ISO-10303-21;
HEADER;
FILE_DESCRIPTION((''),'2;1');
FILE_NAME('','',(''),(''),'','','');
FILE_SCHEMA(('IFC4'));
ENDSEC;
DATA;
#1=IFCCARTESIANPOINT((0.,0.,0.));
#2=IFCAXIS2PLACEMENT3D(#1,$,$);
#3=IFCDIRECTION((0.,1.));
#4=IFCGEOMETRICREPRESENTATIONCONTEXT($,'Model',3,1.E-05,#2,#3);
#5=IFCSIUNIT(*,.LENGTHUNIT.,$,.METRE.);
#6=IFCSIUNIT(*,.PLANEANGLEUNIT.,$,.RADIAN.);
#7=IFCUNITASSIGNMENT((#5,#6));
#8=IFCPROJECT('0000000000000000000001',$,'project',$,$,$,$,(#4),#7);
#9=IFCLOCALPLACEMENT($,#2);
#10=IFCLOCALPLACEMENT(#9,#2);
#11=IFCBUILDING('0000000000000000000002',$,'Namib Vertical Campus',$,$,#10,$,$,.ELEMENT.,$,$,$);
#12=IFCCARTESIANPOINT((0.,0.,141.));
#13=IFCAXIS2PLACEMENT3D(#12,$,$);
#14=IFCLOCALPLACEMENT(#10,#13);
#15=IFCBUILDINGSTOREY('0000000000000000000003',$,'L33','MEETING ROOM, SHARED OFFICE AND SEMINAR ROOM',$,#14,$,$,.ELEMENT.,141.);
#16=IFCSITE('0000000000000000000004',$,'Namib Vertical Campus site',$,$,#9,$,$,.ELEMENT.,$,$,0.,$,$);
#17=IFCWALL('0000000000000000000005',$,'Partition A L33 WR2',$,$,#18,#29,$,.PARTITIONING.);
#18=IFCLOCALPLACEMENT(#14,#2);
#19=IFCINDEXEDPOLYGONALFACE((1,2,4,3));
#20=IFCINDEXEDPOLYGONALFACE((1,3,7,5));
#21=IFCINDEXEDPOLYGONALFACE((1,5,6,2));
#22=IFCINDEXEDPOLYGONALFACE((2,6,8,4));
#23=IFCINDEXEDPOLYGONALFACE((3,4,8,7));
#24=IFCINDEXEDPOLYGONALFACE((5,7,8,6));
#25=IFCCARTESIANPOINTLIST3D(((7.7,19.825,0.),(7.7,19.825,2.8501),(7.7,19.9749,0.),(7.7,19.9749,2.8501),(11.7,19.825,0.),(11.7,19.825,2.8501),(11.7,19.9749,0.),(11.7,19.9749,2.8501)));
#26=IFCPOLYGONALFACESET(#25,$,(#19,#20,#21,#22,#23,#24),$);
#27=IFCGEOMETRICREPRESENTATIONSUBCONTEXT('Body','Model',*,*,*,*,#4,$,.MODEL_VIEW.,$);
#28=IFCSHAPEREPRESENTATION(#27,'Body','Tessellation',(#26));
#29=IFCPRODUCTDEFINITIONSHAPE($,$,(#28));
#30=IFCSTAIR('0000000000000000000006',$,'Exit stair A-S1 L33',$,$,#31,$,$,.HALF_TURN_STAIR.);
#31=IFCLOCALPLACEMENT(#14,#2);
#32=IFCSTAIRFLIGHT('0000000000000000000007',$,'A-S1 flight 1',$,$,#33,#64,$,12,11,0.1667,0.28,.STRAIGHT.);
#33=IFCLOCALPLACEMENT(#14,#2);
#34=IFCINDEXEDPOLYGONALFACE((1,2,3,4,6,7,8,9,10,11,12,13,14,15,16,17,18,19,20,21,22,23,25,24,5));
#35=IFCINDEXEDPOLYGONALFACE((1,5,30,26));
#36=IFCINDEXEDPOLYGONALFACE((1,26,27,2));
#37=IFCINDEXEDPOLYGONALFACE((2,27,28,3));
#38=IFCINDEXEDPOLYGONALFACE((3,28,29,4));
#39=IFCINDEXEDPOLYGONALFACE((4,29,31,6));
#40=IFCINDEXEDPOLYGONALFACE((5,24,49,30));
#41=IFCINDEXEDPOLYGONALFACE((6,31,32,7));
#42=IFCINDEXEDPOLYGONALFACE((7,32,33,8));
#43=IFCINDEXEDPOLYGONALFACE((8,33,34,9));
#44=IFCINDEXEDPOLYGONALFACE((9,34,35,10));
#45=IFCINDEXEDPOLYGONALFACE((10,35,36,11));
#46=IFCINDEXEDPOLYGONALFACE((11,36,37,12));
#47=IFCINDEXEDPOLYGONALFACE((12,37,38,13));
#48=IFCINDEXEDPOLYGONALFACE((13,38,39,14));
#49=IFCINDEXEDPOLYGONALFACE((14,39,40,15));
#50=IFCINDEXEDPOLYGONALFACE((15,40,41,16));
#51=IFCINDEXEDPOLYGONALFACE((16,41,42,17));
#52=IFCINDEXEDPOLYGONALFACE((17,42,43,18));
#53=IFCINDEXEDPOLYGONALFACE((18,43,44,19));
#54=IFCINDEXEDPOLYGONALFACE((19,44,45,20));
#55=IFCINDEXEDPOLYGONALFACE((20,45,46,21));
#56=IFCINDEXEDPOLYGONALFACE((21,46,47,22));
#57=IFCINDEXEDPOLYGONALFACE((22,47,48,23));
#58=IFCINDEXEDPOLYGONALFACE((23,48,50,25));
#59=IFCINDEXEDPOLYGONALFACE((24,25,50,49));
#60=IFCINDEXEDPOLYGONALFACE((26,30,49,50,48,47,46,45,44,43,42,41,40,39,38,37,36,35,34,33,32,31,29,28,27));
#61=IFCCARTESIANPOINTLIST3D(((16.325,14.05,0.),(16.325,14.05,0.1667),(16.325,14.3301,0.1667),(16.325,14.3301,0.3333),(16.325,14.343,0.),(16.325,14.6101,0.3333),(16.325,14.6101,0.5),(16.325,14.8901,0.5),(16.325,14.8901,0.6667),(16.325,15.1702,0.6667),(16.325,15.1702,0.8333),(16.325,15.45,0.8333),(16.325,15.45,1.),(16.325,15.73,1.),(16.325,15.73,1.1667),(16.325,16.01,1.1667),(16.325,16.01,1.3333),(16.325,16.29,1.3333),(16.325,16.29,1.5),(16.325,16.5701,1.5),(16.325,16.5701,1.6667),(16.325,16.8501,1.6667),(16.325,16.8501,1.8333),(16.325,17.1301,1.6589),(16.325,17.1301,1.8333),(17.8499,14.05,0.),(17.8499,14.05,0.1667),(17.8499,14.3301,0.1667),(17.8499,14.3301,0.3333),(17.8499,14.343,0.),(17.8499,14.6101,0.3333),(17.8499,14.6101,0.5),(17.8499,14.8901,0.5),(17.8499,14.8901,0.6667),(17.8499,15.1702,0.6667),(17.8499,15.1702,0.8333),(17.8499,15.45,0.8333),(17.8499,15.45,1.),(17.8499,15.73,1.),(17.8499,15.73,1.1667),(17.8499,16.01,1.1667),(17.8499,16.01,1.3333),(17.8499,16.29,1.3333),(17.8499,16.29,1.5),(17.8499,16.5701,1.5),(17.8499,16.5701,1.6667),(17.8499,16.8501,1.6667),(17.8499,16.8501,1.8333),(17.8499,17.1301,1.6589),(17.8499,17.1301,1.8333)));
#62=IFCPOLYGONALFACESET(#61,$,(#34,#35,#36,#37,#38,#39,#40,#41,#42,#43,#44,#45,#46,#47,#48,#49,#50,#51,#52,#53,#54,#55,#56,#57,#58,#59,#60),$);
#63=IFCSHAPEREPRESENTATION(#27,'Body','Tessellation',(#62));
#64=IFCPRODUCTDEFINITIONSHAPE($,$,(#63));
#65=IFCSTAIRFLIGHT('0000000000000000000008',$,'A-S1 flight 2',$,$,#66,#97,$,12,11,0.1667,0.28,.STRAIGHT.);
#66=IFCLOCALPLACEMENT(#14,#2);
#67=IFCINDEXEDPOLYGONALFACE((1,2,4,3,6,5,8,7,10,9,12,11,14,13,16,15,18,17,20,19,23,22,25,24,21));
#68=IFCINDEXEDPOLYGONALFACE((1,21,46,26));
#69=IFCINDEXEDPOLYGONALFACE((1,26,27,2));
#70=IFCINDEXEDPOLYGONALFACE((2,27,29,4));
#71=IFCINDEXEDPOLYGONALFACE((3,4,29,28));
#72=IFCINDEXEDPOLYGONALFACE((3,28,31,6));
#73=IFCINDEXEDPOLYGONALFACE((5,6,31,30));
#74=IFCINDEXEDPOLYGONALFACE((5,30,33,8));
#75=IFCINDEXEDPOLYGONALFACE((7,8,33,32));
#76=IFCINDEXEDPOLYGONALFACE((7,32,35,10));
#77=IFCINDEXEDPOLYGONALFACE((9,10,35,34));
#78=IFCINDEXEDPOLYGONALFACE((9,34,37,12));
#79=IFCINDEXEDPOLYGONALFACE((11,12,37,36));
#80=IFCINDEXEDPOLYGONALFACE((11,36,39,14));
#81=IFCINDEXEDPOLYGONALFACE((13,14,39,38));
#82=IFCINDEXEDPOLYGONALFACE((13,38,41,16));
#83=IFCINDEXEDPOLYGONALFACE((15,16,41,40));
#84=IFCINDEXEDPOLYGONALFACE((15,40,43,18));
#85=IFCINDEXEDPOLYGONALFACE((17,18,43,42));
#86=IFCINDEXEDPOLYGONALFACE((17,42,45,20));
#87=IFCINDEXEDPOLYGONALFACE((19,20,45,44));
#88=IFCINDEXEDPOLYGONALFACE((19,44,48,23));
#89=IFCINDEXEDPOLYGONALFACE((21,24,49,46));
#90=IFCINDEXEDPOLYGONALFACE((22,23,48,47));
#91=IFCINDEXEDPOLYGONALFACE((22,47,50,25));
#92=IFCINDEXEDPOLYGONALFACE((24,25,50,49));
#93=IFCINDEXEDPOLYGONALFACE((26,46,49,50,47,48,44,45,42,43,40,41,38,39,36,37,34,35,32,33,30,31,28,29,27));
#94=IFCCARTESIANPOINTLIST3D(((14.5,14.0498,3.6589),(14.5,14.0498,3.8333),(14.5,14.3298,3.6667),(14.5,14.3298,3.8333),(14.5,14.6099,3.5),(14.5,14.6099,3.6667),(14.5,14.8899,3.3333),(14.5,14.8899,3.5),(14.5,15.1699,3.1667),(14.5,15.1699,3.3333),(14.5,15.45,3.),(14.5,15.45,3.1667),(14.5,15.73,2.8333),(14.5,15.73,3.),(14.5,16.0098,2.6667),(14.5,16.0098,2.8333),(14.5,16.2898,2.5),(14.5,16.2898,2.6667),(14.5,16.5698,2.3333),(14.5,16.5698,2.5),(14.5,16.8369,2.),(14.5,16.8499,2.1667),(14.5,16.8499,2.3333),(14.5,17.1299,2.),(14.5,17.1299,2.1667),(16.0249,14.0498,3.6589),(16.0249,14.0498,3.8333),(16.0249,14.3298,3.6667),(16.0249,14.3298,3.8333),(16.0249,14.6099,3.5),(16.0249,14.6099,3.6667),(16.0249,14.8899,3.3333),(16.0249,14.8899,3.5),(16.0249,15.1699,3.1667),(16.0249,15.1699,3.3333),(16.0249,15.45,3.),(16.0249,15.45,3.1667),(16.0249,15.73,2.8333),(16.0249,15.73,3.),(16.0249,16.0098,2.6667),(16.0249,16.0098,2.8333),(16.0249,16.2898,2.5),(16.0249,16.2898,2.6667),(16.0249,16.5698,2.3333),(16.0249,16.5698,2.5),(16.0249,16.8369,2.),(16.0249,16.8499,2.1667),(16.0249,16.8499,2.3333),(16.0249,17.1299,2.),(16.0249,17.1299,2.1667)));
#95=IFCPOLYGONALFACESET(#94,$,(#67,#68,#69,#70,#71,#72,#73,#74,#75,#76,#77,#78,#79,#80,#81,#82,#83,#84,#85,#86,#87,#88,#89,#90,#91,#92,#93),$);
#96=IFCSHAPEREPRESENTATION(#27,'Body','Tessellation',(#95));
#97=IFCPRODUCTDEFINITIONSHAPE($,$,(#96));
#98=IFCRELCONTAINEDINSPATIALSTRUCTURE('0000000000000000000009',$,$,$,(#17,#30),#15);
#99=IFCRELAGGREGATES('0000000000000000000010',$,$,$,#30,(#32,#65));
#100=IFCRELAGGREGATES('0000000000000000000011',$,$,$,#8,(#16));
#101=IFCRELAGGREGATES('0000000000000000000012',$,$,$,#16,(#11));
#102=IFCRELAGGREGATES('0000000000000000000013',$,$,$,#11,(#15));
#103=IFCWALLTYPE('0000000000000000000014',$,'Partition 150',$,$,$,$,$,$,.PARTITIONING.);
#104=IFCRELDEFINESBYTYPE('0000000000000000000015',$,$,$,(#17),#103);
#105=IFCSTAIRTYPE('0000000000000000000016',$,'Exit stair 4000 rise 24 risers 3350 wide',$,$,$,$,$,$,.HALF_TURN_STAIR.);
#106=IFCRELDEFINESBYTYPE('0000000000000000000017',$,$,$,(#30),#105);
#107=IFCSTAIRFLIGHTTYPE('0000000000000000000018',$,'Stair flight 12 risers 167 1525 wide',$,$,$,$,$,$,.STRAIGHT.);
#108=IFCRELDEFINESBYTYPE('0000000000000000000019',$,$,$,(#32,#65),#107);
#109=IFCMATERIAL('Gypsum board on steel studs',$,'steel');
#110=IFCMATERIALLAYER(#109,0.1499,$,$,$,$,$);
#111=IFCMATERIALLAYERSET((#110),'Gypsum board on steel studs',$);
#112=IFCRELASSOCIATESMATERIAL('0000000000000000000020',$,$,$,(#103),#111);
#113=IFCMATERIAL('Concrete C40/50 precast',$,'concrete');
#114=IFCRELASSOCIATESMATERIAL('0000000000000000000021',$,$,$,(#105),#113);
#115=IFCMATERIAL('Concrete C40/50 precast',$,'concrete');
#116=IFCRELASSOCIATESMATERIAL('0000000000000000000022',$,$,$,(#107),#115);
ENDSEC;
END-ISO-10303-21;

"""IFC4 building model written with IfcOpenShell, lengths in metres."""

from ifc_helpers import new_model, si_unit, direction, frame, frame_2d, origin, place, context, subcontext, project, spatial, polyline, rectangle, outline, extrude, material, layer, layer_set, type_object, element, aggregate, save


model = new_model("IFC4")

# Units and contexts
model_context = context("Model", 3, precision=1e-05, world=origin(), true_north=direction((0.0, 1.0)))
body_context = subcontext(model_context, "Body", "Model", "MODEL_VIEW")
ifc_project = project(units=[si_unit("LENGTHUNIT", "METRE"), si_unit("PLANEANGLEUNIT", "RADIAN")], contexts=[model_context])

# Site, building, storey
site_placement = place(None, origin())
site = spatial("IfcSite", under=ifc_project, at=site_placement, Name="Namib Vertical Campus site", CompositionType="ELEMENT", RefElevation=0.0)
building_placement = place(site_placement, origin())
building = spatial("IfcBuilding", under=site, at=building_placement, Name="Namib Vertical Campus", CompositionType="ELEMENT")
storey_placement = place(building_placement, frame((0.0, 0.0, 141.0)))
storey = spatial("IfcBuildingStorey", under=building, at=storey_placement, Name="L33", Description="MEETING ROOM, SHARED OFFICE AND SEMINAR ROOM", CompositionType="ELEMENT", Elevation=141.0)

# Wall
ifc_material_1 = material(Name="Gypsum board on steel studs", Category="steel")
ifc_layer_1 = layer(ifc_material_1, 0.1499)
ifc_layer_set_1 = layer_set([ifc_layer_1], Name="Gypsum board on steel studs")
wall_type_1 = type_object("IfcWallType", Name="Partition 150", PredefinedType="PARTITIONING", material=ifc_layer_set_1)
wall_1_placement = place(storey_placement, frame((11.7, 19.8999, 0.0), z_axis=(0.0, 0.0, 1.0), x_axis=(-1.0, 0.0, 0.0)))
element("IfcWall", 1, at=wall_1_placement, inside=storey, type_object=wall_type_1, Name="Partition A L33 WR2", PredefinedType="PARTITIONING", context=body_context, shape_type="SweptSolid", body=[
    extrude(rectangle(XDim=4.0, YDim=0.1499, at=frame_2d((2.0, 0.0))), origin(), (0.0, 0.0, 1.0), 2.8501),
])

# Stair, stair flights
ifc_material_2 = material(Name="Concrete C40/50 precast", Category="concrete")
stair_type = type_object("IfcStairType", Name="Exit stair 4000 rise 24 risers 3350 wide", PredefinedType="HALF_TURN_STAIR", material=ifc_material_2)
stair_placement = place(storey_placement, origin())
stair = element("IfcStair", 2, at=stair_placement, inside=storey, type_object=stair_type, Name="Exit stair A-S1 L33", PredefinedType="HALF_TURN_STAIR")
ifc_material_3 = material(Name="Concrete C40/50 precast", Category="concrete")
stair_flight_type = type_object("IfcStairFlightType", Name="Stair flight 12 risers 167 1525 wide", PredefinedType="STRAIGHT", material=ifc_material_3)
stair_flight_1_placement = place(storey_placement, frame((17.0874, 14.05, 0.0), z_axis=(0.0, 0.0, 1.0), x_axis=(0.0, 1.0, 0.0)))
stair_flight_1 = element("IfcStairFlight", 3, at=stair_flight_1_placement, type_object=stair_flight_type, Name="A-S1 flight 1", NumberOfRisers=12, NumberOfTreads=11, PredefinedType="STRAIGHT", RiserHeight=0.1667, TreadLength=0.28, context=body_context, shape_type="SweptSolid", body=[
    extrude(outline(polyline([(0.0, 0.0), (0.0, 0.1667), (0.28, 0.1667), (0.28, 0.3333), (0.5601, 0.3333), (0.5601, 0.5), (0.8401, 0.5), (0.8401, 0.6667), (1.1201, 0.6667), (1.1201, 0.8333), (1.3999, 0.8333), (1.3999, 1.0), (1.6799, 1.0), (1.6799, 1.1667), (1.96, 1.1667), (1.96, 1.3333), (2.24, 1.3333), (2.24, 1.5), (2.52, 1.5), (2.52, 1.6667), (2.8, 1.6667), (2.8, 1.8333), (3.0801, 1.8333), (3.0801, 2.0), (3.0801, 1.6589), (0.293, 0.0), (0.0, 0.0)])), frame((0.0, 0.7625, 0.0), z_axis=(0.0, -1.0, 0.0), x_axis=(1.0, 0.0, 0.0)), (0.0, 0.0, 1.0), 1.5249),
])
stair_flight_2_placement = place(storey_placement, frame((15.2625, 17.1299, 2.0), z_axis=(0.0, 0.0, 1.0), x_axis=(0.0, -1.0, 0.0)))
stair_flight_2 = element("IfcStairFlight", 4, at=stair_flight_2_placement, type_object=stair_flight_type, Name="A-S1 flight 2", NumberOfRisers=12, NumberOfTreads=11, PredefinedType="STRAIGHT", RiserHeight=0.1667, TreadLength=0.28, context=body_context, shape_type="SweptSolid", body=[
    extrude(outline(polyline([(0.0, 0.0), (0.0, 0.1667), (0.28, 0.1667), (0.28, 0.3333), (0.5601, 0.3333), (0.5601, 0.5), (0.8401, 0.5), (0.8401, 0.6667), (1.1201, 0.6667), (1.1201, 0.8333), (1.3999, 0.8333), (1.3999, 1.0), (1.6799, 1.0), (1.6799, 1.1667), (1.96, 1.1667), (1.96, 1.3333), (2.24, 1.3333), (2.24, 1.5), (2.52, 1.5), (2.52, 1.6667), (2.8, 1.6667), (2.8, 1.8333), (3.0801, 1.8333), (3.0801, 2.0), (3.0801, 1.6589), (0.293, 0.0), (0.0, 0.0)])), frame((0.0, 0.7625, 0.0), z_axis=(0.0, -1.0, 0.0), x_axis=(1.0, 0.0, 0.0)), (0.0, 0.0, 1.0), 1.5249),
])
aggregate(stair, [stair_flight_1, stair_flight_2])

save(model, "model.ifc")
